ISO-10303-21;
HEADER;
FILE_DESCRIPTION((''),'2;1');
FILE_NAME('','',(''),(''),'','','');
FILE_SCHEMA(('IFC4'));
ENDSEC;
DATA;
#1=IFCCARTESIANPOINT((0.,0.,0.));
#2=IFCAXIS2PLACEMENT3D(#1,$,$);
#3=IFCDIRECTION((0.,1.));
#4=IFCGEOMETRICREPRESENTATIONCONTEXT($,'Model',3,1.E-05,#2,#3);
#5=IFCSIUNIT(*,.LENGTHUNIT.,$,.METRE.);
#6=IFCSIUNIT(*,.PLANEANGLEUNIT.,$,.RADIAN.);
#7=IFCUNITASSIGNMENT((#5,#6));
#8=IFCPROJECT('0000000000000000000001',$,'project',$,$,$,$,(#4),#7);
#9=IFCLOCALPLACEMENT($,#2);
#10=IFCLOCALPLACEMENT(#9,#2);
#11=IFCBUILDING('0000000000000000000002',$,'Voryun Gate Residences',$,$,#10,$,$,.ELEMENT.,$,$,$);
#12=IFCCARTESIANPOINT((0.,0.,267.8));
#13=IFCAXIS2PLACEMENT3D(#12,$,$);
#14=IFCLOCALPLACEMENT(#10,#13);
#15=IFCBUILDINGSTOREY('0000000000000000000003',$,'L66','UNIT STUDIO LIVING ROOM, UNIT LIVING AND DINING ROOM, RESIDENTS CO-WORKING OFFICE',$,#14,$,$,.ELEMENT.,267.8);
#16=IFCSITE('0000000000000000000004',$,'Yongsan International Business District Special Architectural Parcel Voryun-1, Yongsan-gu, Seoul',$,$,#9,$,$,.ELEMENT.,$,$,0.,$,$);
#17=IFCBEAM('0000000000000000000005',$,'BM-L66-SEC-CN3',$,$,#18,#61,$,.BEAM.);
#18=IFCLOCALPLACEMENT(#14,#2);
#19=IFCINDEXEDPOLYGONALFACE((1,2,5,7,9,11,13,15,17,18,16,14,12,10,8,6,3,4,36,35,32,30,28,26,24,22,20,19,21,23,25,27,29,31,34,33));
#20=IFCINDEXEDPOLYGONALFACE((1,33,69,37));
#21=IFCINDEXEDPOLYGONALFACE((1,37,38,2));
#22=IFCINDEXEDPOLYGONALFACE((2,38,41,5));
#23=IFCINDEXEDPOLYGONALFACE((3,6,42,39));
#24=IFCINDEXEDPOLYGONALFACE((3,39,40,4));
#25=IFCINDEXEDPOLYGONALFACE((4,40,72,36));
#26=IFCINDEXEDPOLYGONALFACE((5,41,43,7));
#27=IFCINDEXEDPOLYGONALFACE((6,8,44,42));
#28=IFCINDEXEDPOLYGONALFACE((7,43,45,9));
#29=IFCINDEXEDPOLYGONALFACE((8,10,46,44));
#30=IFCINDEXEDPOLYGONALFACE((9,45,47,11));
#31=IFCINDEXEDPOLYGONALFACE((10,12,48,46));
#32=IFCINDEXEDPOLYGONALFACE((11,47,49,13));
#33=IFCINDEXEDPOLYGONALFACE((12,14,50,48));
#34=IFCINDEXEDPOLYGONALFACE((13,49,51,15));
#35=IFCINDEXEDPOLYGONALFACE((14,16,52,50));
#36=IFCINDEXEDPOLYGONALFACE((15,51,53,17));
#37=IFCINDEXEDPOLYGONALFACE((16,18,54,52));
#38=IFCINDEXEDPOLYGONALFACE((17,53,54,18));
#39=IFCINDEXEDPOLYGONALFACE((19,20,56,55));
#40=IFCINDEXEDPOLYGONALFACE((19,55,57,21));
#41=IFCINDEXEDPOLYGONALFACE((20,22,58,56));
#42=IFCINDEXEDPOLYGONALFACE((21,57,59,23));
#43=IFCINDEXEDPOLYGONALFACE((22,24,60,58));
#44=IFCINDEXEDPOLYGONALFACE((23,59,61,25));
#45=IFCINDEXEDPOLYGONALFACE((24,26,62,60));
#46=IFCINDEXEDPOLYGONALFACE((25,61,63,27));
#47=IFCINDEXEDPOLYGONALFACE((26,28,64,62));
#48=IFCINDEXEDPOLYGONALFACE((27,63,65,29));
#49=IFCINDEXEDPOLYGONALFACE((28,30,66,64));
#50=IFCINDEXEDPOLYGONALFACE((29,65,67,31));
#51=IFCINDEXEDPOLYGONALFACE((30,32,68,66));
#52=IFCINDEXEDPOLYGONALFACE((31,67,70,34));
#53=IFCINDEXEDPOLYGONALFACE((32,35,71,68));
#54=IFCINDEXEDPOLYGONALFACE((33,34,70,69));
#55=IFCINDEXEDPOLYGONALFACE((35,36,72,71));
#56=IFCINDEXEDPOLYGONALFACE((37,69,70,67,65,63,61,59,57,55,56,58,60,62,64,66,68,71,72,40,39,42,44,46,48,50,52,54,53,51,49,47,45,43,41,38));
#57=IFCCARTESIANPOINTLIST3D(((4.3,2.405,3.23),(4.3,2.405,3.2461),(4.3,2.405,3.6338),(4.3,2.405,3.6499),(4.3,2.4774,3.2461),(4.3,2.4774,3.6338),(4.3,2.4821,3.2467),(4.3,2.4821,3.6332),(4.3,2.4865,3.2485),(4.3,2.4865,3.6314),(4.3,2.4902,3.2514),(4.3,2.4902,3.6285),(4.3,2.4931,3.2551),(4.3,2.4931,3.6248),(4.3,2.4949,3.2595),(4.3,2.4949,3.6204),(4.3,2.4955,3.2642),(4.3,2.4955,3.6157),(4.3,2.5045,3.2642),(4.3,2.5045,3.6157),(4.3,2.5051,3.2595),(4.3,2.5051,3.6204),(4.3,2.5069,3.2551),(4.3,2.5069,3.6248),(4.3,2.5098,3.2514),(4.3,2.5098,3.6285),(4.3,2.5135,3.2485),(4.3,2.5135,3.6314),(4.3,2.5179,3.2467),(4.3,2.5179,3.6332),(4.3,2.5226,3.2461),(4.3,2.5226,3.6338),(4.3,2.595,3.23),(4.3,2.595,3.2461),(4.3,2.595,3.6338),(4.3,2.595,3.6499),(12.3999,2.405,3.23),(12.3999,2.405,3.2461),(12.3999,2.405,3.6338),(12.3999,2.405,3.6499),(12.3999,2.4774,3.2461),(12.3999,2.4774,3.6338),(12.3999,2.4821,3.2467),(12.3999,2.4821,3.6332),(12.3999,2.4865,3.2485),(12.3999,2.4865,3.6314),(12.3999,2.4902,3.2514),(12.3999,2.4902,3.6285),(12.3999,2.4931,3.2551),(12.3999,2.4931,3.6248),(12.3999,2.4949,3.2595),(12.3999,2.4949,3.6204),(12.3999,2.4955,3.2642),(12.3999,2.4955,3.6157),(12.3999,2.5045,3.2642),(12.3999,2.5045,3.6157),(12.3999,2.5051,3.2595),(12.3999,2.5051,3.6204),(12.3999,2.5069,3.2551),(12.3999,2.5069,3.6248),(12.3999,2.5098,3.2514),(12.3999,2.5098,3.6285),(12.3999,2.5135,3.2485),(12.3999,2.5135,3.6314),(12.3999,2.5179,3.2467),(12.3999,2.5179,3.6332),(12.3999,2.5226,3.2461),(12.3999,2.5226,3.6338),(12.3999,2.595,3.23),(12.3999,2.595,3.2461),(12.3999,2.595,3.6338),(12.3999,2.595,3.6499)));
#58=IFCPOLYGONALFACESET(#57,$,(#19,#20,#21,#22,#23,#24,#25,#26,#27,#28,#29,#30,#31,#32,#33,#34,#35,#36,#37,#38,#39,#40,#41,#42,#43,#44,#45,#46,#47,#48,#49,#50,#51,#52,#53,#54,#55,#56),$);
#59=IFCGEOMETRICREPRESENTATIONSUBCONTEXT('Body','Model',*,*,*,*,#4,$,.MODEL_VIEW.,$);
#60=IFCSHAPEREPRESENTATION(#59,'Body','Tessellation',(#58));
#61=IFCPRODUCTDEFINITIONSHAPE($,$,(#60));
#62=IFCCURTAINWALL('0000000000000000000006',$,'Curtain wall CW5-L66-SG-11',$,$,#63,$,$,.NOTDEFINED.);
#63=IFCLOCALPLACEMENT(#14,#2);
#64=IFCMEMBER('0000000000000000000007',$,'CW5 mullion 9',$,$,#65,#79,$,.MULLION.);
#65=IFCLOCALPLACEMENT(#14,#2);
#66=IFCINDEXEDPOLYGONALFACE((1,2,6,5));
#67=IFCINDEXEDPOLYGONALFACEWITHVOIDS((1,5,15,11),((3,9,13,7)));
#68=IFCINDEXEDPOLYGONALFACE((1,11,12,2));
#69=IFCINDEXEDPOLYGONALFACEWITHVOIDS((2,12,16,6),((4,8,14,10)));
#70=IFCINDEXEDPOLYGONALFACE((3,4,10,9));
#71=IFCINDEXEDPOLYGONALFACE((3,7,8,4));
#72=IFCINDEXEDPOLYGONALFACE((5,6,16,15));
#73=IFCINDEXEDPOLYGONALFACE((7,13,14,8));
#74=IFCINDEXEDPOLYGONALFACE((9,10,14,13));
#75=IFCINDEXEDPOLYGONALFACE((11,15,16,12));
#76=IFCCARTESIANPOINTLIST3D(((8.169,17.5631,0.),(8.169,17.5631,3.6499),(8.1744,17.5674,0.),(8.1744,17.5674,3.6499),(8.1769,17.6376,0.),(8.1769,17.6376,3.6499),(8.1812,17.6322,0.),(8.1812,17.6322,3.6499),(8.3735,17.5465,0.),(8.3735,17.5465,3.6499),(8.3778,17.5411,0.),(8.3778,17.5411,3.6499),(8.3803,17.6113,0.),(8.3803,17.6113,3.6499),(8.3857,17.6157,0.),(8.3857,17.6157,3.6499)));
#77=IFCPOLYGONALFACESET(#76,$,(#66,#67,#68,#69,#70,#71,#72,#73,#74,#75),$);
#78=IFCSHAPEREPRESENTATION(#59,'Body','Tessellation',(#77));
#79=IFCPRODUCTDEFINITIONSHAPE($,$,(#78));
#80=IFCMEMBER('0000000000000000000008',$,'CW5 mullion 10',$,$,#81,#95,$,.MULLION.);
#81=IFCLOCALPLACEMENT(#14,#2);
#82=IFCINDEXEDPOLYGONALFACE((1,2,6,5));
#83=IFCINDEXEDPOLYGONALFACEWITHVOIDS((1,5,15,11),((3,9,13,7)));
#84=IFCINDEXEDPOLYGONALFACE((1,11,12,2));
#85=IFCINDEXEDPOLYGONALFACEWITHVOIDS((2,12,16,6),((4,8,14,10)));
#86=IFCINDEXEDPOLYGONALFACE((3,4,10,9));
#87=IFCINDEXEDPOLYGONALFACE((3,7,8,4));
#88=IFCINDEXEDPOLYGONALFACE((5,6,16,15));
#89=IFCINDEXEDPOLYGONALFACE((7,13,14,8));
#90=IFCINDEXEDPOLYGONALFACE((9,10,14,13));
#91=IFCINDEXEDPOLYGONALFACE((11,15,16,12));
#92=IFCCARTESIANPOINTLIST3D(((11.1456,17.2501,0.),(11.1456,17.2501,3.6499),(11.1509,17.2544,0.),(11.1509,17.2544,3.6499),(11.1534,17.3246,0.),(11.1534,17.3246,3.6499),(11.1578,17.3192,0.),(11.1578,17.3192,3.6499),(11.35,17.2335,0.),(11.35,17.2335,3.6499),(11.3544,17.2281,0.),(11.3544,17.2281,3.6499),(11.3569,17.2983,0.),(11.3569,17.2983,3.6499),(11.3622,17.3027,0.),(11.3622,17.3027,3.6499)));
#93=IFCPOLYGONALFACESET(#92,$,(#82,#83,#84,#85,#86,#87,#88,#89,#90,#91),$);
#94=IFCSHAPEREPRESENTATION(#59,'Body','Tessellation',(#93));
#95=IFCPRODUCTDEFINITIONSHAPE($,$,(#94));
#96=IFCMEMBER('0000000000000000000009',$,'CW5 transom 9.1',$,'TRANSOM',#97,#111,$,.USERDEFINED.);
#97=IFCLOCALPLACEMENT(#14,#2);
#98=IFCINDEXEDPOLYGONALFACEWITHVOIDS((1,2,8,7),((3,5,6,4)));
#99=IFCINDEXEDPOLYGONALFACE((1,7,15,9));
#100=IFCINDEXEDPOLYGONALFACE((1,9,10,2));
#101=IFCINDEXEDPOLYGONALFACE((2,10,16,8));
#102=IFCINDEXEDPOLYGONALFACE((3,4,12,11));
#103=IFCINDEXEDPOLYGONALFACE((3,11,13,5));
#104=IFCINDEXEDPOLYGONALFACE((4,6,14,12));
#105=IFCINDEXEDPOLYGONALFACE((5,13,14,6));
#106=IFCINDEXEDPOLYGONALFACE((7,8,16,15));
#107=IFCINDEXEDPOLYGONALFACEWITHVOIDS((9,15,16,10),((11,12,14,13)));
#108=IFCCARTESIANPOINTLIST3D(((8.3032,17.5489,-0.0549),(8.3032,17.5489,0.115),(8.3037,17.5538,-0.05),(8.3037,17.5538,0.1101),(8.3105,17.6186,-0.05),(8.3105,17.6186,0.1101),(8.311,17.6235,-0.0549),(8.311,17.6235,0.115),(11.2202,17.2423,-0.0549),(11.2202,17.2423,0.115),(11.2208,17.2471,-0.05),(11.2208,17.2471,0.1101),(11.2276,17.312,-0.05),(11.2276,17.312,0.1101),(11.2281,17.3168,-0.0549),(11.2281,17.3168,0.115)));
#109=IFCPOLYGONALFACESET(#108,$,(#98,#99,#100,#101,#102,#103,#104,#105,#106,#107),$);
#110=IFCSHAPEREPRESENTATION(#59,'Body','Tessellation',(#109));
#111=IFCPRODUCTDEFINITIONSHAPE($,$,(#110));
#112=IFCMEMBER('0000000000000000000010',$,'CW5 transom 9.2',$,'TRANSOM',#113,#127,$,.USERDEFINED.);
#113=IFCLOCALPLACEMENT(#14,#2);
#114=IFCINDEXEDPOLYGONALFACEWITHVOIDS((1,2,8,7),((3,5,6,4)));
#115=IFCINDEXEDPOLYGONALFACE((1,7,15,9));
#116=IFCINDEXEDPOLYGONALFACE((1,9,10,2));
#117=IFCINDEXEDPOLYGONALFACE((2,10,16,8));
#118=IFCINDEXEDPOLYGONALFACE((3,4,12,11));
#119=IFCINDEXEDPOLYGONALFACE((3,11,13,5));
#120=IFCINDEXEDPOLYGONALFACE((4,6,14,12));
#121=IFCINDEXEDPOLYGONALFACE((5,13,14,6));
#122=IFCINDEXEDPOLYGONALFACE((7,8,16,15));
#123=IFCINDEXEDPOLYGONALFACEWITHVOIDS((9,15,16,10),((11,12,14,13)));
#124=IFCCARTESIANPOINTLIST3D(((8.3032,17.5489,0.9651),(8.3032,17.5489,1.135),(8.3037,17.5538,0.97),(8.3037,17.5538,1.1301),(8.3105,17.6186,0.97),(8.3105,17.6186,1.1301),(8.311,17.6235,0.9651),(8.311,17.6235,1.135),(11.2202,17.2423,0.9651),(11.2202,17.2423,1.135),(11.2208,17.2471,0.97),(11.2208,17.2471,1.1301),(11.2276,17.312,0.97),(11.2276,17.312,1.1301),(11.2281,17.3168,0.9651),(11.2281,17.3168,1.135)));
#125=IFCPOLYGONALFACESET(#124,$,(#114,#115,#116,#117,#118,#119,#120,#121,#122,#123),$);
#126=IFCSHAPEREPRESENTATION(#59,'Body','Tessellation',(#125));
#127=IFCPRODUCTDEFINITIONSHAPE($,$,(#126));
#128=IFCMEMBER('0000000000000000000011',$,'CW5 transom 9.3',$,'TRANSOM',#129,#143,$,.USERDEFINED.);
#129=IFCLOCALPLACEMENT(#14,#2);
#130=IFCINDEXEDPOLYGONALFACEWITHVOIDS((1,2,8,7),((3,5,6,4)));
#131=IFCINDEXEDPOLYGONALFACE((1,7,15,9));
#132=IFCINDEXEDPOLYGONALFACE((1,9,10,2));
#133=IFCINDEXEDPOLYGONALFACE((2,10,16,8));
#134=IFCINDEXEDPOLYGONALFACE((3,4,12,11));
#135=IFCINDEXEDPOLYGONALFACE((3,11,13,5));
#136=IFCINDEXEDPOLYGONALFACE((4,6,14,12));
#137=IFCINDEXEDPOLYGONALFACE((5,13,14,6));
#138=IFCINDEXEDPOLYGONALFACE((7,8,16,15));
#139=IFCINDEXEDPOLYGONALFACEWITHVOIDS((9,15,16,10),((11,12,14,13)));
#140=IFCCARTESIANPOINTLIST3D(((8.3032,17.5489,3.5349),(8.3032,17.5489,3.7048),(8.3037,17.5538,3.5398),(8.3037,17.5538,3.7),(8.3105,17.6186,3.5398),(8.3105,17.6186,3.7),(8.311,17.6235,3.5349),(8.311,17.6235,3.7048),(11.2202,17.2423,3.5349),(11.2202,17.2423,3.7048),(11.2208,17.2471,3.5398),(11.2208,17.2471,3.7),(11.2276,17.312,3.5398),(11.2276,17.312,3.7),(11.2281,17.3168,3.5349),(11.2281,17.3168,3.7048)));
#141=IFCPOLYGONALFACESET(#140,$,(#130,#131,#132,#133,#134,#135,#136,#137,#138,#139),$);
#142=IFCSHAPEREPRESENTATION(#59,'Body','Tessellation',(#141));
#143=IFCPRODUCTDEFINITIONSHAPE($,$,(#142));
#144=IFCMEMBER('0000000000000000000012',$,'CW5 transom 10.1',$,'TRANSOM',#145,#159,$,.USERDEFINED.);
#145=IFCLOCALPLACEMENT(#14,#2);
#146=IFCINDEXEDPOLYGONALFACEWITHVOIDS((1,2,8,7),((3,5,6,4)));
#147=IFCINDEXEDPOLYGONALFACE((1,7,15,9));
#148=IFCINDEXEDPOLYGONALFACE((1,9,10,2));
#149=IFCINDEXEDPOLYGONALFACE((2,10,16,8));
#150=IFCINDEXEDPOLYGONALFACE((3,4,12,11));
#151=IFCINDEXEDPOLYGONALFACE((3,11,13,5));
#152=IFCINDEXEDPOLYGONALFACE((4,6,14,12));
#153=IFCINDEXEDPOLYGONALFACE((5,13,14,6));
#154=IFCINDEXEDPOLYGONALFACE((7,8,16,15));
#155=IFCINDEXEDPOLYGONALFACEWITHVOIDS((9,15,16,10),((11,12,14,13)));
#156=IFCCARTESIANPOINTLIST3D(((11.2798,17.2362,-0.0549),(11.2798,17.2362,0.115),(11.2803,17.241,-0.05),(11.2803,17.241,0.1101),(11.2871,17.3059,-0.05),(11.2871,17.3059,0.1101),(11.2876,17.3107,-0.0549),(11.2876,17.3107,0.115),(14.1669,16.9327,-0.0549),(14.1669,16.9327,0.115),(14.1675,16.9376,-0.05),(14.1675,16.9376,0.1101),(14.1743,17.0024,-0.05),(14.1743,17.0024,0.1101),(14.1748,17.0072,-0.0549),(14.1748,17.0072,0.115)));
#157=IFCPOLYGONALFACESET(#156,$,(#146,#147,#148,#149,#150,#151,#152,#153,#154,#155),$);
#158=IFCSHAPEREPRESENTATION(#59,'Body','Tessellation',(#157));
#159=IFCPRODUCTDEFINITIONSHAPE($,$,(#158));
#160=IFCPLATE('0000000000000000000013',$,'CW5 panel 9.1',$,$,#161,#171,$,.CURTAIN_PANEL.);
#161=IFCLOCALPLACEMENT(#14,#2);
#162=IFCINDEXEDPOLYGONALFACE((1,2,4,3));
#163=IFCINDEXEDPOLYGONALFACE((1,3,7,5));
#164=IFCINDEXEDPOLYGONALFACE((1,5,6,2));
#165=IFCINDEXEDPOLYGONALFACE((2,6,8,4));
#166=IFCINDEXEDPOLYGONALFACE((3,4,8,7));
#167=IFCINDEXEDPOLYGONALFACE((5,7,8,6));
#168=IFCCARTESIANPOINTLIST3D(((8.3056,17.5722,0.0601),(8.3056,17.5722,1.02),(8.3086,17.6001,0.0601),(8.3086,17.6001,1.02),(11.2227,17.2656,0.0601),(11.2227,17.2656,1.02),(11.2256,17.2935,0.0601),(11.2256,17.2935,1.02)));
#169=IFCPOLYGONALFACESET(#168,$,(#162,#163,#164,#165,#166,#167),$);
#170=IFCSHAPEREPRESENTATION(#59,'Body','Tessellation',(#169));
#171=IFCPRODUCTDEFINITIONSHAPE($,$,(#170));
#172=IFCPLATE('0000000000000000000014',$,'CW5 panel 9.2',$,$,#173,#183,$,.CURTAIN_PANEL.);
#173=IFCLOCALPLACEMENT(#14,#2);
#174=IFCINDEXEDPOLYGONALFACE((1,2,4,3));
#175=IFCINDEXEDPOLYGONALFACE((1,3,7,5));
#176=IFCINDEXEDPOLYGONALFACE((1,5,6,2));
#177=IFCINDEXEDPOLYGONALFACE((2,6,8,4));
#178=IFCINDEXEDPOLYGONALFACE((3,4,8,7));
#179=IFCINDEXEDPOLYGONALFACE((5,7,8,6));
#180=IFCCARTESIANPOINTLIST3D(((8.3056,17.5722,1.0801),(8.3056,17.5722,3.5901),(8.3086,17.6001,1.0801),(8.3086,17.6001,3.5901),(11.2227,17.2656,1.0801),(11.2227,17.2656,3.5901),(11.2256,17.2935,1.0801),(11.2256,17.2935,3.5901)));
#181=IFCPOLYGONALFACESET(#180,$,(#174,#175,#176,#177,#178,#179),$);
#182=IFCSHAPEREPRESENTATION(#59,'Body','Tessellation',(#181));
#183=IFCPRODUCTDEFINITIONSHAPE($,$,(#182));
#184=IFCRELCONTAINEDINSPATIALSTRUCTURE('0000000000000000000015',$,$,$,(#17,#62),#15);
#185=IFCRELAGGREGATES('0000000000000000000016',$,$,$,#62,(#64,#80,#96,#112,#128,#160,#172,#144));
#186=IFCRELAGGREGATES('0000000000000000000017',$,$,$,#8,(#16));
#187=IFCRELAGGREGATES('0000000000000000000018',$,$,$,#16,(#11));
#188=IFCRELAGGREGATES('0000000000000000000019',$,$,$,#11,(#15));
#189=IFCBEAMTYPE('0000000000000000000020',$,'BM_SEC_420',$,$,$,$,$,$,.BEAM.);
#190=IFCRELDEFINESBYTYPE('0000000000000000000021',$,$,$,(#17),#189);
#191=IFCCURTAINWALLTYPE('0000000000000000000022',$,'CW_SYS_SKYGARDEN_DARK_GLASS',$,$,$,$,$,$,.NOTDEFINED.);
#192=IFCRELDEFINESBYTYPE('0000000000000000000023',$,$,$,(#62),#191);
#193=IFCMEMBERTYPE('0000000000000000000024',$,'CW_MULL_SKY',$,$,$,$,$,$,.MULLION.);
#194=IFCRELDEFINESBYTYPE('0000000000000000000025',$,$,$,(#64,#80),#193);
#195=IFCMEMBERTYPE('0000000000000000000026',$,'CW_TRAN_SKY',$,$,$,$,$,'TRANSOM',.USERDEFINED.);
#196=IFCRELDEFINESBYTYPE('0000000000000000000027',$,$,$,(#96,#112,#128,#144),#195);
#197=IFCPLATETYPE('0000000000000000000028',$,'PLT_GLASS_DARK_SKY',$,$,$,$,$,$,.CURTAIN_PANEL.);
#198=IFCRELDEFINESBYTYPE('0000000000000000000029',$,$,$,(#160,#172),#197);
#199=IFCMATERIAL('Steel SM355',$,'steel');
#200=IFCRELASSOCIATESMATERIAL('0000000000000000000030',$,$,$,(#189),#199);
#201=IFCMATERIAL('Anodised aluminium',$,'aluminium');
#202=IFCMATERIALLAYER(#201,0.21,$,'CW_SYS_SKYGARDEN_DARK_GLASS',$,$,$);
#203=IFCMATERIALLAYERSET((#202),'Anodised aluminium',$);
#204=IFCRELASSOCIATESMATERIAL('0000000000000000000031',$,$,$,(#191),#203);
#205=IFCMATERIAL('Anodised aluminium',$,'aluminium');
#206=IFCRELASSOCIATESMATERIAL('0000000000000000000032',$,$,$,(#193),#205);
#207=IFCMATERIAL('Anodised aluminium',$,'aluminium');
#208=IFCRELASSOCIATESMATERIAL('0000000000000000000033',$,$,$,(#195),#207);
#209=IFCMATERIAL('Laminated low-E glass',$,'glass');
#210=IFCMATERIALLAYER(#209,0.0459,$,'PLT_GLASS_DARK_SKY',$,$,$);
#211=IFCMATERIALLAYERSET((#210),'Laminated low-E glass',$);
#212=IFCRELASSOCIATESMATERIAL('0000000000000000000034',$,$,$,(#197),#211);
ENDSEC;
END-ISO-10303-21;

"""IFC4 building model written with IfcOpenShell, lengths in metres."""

from ifc_helpers import new_model, si_unit, direction, frame, origin, origin_2d, place, context, subcontext, project, spatial, rectangle, hollow_rectangle, i_section, extrude, material, layer, layer_set, material_profile, profile_set, type_object, element, aggregate, save


model = new_model("IFC4")

# Units and contexts
model_context = context("Model", 3, precision=1e-05, world=origin(), true_north=direction((0.0, 1.0)))
body_context = subcontext(model_context, "Body", "Model", "MODEL_VIEW")
ifc_project = project(units=[si_unit("LENGTHUNIT", "METRE"), si_unit("PLANEANGLEUNIT", "RADIAN")], contexts=[model_context])

# Site, building, storey
site_placement = place(None, origin())
site = spatial("IfcSite", under=ifc_project, at=site_placement, Name="Yongsan International Business District Special Architectural Parcel Voryun-1, Yongsan-gu, Seoul", CompositionType="ELEMENT", RefElevation=0.0)
building_placement = place(site_placement, origin())
building = spatial("IfcBuilding", under=site, at=building_placement, Name="Voryun Gate Residences", CompositionType="ELEMENT")
storey_placement = place(building_placement, frame((0.0, 0.0, 267.8)))
storey = spatial("IfcBuildingStorey", under=building, at=storey_placement, Name="L66", Description="UNIT STUDIO LIVING ROOM, UNIT LIVING AND DINING ROOM, RESIDENTS CO-WORKING OFFICE", CompositionType="ELEMENT", Elevation=267.8)

# Beam
ifc_material_1 = material(Name="Steel SM355", Category="steel")
ifc_material_profile_1 = material_profile(ifc_material_1, i_section(OverallWidth=0.1899, OverallDepth=0.4199, WebThickness=0.009, FlangeThickness=0.0161, FilletRadius=0.0181, at=origin_2d()), Name="H-420x190x9x16")
ifc_profile_set_1 = profile_set([ifc_material_profile_1], Name="Steel SM355")
beam_type_1 = type_object("IfcBeamType", Name="BM_SEC_420", PredefinedType="BEAM", material=ifc_profile_set_1)
beam_1_placement = place(storey_placement, frame((4.3, 2.5, 3.4399), z_axis=(1.0, 0.0, 0.0), x_axis=(0.0, 1.0, 0.0)))
element("IfcBeam", 1, at=beam_1_placement, inside=storey, type_object=beam_type_1, Name="BM-L66-SEC-CN3", PredefinedType="BEAM", context=body_context, shape_type="SweptSolid", body=[
    extrude(i_section(OverallWidth=0.1899, OverallDepth=0.4199, WebThickness=0.009, FlangeThickness=0.0161, FilletRadius=0.0181, at=origin_2d()), origin(), (0.0, 0.0, 1.0), 8.0999),
])

# Curtain wall, members, plates
ifc_material_2 = material(Name="Anodised aluminium", Category="aluminium")
ifc_layer_1 = layer(ifc_material_2, 0.21, Name="CW_SYS_SKYGARDEN_DARK_GLASS")
ifc_layer_set_1 = layer_set([ifc_layer_1], Name="Anodised aluminium")
curtain_wall_type = type_object("IfcCurtainWallType", Name="CW_SYS_SKYGARDEN_DARK_GLASS", PredefinedType="NOTDEFINED", material=ifc_layer_set_1)
curtain_wall_placement = place(storey_placement, origin())
curtain_wall = element("IfcCurtainWall", 2, at=curtain_wall_placement, inside=storey, type_object=curtain_wall_type, Name="Curtain wall CW5-L66-SG-11", PredefinedType="NOTDEFINED")
ifc_material_3 = material(Name="Anodised aluminium", Category="aluminium")
ifc_material_profile_2 = material_profile(ifc_material_3, hollow_rectangle(XDim=0.075, YDim=0.21, WallThickness=0.0049, at=origin_2d()), Name="ALU-MULL-210x75x5")
ifc_profile_set_2 = profile_set([ifc_material_profile_2], Name="Anodised aluminium")
member_type_1 = type_object("IfcMemberType", Name="CW_MULL_SKY", PredefinedType="MULLION", material=ifc_profile_set_2)
member_1_placement = place(storey_placement, frame((8.2773, 17.5894, 0.0), z_axis=(0.0, 0.0, 1.0), x_axis=(0.104532, 0.994521, 0.0)))
member_1 = element("IfcMember", 3, at=member_1_placement, type_object=member_type_1, Name="CW5 mullion 9", PredefinedType="MULLION", context=body_context, shape_type="SweptSolid", body=[
    extrude(hollow_rectangle(XDim=0.075, YDim=0.21, WallThickness=0.0049, at=origin_2d()), origin(), (0.0, 0.0, 1.0), 3.6499),
])
member_2_placement = place(storey_placement, frame((11.2539, 17.2764, 0.0), z_axis=(0.0, 0.0, 1.0), x_axis=(0.104532, 0.994521, 0.0)))
member_2 = element("IfcMember", 4, at=member_2_placement, type_object=member_type_1, Name="CW5 mullion 10", PredefinedType="MULLION", context=body_context, shape_type="SweptSolid", body=[
    extrude(hollow_rectangle(XDim=0.075, YDim=0.21, WallThickness=0.0049, at=origin_2d()), origin(), (0.0, 0.0, 1.0), 3.6499),
])
ifc_material_4 = material(Name="Anodised aluminium", Category="aluminium")
ifc_material_profile_3 = material_profile(ifc_material_4, hollow_rectangle(XDim=0.075, YDim=0.1699, WallThickness=0.0049, at=origin_2d()), Name="ALU-TRAN-170x75x5")
ifc_profile_set_3 = profile_set([ifc_material_profile_3], Name="Anodised aluminium")
member_type_2 = type_object("IfcMemberType", Name="CW_TRAN_SKY", ElementType="TRANSOM", PredefinedType="USERDEFINED", material=ifc_profile_set_3)
member_3_placement = place(storey_placement, frame((8.3071, 17.5862, 0.03), z_axis=(0.99452, -0.104546, 0.0), x_axis=(0.104546, 0.99452, 0.0)))
member_3 = element("IfcMember", 5, at=member_3_placement, type_object=member_type_2, Name="CW5 transom 9.1", ObjectType="TRANSOM", PredefinedType="USERDEFINED", context=body_context, shape_type="SweptSolid", body=[
    extrude(hollow_rectangle(XDim=0.075, YDim=0.1699, WallThickness=0.0049, at=origin_2d()), origin(), (0.0, 0.0, 1.0), 2.9331),
])
member_4_placement = place(storey_placement, frame((8.3071, 17.5862, 1.05), z_axis=(0.99452, -0.104546, 0.0), x_axis=(0.104546, 0.99452, 0.0)))
member_4 = element("IfcMember", 6, at=member_4_placement, type_object=member_type_2, Name="CW5 transom 9.2", ObjectType="TRANSOM", PredefinedType="USERDEFINED", context=body_context, shape_type="SweptSolid", body=[
    extrude(hollow_rectangle(XDim=0.075, YDim=0.1699, WallThickness=0.0049, at=origin_2d()), origin(), (0.0, 0.0, 1.0), 2.9331),
])
member_5_placement = place(storey_placement, frame((8.3071, 17.5862, 3.6199), z_axis=(0.99452, -0.104546, 0.0), x_axis=(0.104546, 0.99452, 0.0)))
member_5 = element("IfcMember", 7, at=member_5_placement, type_object=member_type_2, Name="CW5 transom 9.3", ObjectType="TRANSOM", PredefinedType="USERDEFINED", context=body_context, shape_type="SweptSolid", body=[
    extrude(hollow_rectangle(XDim=0.075, YDim=0.1699, WallThickness=0.0049, at=origin_2d()), origin(), (0.0, 0.0, 1.0), 2.9331),
])
member_6_placement = place(storey_placement, frame((11.2837, 17.2734, 0.03), z_axis=(0.994522, -0.104532, 0.0), x_axis=(0.104532, 0.994522, 0.0)))
member_6 = element("IfcMember", 8, at=member_6_placement, type_object=member_type_2, Name="CW5 transom 10.1", ObjectType="TRANSOM", PredefinedType="USERDEFINED", context=body_context, shape_type="SweptSolid", body=[
    extrude(hollow_rectangle(XDim=0.075, YDim=0.1699, WallThickness=0.0049, at=origin_2d()), origin(), (0.0, 0.0, 1.0), 2.9031),
])
ifc_material_5 = material(Name="Laminated low-E glass", Category="glass")
ifc_layer_2 = layer(ifc_material_5, 0.0459, Name="PLT_GLASS_DARK_SKY")
ifc_layer_set_2 = layer_set([ifc_layer_2], Name="Laminated low-E glass")
plate_type = type_object("IfcPlateType", Name="PLT_GLASS_DARK_SKY", PredefinedType="CURTAIN_PANEL", material=ifc_layer_set_2)
plate_1_placement = place(storey_placement, frame((9.7656, 17.4329, 0.0601), z_axis=(0.0, 0.0, 1.0), x_axis=(0.994521, -0.104532, 0.0)))
plate_1 = element("IfcPlate", 9, at=plate_1_placement, type_object=plate_type, Name="CW5 panel 9.1", PredefinedType="CURTAIN_PANEL", context=body_context, shape_type="SweptSolid", body=[
    extrude(rectangle(XDim=2.9331, YDim=0.0281, at=origin_2d()), origin(), (0.0, 0.0, 1.0), 0.96),
])
plate_2_placement = place(storey_placement, frame((9.7656, 17.4329, 1.0801), z_axis=(0.0, 0.0, 1.0), x_axis=(0.994521, -0.104532, 0.0)))
plate_2 = element("IfcPlate", 10, at=plate_2_placement, type_object=plate_type, Name="CW5 panel 9.2", PredefinedType="CURTAIN_PANEL", context=body_context, shape_type="SweptSolid", body=[
    extrude(rectangle(XDim=2.9331, YDim=0.0281, at=origin_2d()), origin(), (0.0, 0.0, 1.0), 2.51),
])
aggregate(curtain_wall, [member_1, member_2, member_3, member_4, member_5, plate_1, plate_2, member_6])

save(model, "model.ifc")
